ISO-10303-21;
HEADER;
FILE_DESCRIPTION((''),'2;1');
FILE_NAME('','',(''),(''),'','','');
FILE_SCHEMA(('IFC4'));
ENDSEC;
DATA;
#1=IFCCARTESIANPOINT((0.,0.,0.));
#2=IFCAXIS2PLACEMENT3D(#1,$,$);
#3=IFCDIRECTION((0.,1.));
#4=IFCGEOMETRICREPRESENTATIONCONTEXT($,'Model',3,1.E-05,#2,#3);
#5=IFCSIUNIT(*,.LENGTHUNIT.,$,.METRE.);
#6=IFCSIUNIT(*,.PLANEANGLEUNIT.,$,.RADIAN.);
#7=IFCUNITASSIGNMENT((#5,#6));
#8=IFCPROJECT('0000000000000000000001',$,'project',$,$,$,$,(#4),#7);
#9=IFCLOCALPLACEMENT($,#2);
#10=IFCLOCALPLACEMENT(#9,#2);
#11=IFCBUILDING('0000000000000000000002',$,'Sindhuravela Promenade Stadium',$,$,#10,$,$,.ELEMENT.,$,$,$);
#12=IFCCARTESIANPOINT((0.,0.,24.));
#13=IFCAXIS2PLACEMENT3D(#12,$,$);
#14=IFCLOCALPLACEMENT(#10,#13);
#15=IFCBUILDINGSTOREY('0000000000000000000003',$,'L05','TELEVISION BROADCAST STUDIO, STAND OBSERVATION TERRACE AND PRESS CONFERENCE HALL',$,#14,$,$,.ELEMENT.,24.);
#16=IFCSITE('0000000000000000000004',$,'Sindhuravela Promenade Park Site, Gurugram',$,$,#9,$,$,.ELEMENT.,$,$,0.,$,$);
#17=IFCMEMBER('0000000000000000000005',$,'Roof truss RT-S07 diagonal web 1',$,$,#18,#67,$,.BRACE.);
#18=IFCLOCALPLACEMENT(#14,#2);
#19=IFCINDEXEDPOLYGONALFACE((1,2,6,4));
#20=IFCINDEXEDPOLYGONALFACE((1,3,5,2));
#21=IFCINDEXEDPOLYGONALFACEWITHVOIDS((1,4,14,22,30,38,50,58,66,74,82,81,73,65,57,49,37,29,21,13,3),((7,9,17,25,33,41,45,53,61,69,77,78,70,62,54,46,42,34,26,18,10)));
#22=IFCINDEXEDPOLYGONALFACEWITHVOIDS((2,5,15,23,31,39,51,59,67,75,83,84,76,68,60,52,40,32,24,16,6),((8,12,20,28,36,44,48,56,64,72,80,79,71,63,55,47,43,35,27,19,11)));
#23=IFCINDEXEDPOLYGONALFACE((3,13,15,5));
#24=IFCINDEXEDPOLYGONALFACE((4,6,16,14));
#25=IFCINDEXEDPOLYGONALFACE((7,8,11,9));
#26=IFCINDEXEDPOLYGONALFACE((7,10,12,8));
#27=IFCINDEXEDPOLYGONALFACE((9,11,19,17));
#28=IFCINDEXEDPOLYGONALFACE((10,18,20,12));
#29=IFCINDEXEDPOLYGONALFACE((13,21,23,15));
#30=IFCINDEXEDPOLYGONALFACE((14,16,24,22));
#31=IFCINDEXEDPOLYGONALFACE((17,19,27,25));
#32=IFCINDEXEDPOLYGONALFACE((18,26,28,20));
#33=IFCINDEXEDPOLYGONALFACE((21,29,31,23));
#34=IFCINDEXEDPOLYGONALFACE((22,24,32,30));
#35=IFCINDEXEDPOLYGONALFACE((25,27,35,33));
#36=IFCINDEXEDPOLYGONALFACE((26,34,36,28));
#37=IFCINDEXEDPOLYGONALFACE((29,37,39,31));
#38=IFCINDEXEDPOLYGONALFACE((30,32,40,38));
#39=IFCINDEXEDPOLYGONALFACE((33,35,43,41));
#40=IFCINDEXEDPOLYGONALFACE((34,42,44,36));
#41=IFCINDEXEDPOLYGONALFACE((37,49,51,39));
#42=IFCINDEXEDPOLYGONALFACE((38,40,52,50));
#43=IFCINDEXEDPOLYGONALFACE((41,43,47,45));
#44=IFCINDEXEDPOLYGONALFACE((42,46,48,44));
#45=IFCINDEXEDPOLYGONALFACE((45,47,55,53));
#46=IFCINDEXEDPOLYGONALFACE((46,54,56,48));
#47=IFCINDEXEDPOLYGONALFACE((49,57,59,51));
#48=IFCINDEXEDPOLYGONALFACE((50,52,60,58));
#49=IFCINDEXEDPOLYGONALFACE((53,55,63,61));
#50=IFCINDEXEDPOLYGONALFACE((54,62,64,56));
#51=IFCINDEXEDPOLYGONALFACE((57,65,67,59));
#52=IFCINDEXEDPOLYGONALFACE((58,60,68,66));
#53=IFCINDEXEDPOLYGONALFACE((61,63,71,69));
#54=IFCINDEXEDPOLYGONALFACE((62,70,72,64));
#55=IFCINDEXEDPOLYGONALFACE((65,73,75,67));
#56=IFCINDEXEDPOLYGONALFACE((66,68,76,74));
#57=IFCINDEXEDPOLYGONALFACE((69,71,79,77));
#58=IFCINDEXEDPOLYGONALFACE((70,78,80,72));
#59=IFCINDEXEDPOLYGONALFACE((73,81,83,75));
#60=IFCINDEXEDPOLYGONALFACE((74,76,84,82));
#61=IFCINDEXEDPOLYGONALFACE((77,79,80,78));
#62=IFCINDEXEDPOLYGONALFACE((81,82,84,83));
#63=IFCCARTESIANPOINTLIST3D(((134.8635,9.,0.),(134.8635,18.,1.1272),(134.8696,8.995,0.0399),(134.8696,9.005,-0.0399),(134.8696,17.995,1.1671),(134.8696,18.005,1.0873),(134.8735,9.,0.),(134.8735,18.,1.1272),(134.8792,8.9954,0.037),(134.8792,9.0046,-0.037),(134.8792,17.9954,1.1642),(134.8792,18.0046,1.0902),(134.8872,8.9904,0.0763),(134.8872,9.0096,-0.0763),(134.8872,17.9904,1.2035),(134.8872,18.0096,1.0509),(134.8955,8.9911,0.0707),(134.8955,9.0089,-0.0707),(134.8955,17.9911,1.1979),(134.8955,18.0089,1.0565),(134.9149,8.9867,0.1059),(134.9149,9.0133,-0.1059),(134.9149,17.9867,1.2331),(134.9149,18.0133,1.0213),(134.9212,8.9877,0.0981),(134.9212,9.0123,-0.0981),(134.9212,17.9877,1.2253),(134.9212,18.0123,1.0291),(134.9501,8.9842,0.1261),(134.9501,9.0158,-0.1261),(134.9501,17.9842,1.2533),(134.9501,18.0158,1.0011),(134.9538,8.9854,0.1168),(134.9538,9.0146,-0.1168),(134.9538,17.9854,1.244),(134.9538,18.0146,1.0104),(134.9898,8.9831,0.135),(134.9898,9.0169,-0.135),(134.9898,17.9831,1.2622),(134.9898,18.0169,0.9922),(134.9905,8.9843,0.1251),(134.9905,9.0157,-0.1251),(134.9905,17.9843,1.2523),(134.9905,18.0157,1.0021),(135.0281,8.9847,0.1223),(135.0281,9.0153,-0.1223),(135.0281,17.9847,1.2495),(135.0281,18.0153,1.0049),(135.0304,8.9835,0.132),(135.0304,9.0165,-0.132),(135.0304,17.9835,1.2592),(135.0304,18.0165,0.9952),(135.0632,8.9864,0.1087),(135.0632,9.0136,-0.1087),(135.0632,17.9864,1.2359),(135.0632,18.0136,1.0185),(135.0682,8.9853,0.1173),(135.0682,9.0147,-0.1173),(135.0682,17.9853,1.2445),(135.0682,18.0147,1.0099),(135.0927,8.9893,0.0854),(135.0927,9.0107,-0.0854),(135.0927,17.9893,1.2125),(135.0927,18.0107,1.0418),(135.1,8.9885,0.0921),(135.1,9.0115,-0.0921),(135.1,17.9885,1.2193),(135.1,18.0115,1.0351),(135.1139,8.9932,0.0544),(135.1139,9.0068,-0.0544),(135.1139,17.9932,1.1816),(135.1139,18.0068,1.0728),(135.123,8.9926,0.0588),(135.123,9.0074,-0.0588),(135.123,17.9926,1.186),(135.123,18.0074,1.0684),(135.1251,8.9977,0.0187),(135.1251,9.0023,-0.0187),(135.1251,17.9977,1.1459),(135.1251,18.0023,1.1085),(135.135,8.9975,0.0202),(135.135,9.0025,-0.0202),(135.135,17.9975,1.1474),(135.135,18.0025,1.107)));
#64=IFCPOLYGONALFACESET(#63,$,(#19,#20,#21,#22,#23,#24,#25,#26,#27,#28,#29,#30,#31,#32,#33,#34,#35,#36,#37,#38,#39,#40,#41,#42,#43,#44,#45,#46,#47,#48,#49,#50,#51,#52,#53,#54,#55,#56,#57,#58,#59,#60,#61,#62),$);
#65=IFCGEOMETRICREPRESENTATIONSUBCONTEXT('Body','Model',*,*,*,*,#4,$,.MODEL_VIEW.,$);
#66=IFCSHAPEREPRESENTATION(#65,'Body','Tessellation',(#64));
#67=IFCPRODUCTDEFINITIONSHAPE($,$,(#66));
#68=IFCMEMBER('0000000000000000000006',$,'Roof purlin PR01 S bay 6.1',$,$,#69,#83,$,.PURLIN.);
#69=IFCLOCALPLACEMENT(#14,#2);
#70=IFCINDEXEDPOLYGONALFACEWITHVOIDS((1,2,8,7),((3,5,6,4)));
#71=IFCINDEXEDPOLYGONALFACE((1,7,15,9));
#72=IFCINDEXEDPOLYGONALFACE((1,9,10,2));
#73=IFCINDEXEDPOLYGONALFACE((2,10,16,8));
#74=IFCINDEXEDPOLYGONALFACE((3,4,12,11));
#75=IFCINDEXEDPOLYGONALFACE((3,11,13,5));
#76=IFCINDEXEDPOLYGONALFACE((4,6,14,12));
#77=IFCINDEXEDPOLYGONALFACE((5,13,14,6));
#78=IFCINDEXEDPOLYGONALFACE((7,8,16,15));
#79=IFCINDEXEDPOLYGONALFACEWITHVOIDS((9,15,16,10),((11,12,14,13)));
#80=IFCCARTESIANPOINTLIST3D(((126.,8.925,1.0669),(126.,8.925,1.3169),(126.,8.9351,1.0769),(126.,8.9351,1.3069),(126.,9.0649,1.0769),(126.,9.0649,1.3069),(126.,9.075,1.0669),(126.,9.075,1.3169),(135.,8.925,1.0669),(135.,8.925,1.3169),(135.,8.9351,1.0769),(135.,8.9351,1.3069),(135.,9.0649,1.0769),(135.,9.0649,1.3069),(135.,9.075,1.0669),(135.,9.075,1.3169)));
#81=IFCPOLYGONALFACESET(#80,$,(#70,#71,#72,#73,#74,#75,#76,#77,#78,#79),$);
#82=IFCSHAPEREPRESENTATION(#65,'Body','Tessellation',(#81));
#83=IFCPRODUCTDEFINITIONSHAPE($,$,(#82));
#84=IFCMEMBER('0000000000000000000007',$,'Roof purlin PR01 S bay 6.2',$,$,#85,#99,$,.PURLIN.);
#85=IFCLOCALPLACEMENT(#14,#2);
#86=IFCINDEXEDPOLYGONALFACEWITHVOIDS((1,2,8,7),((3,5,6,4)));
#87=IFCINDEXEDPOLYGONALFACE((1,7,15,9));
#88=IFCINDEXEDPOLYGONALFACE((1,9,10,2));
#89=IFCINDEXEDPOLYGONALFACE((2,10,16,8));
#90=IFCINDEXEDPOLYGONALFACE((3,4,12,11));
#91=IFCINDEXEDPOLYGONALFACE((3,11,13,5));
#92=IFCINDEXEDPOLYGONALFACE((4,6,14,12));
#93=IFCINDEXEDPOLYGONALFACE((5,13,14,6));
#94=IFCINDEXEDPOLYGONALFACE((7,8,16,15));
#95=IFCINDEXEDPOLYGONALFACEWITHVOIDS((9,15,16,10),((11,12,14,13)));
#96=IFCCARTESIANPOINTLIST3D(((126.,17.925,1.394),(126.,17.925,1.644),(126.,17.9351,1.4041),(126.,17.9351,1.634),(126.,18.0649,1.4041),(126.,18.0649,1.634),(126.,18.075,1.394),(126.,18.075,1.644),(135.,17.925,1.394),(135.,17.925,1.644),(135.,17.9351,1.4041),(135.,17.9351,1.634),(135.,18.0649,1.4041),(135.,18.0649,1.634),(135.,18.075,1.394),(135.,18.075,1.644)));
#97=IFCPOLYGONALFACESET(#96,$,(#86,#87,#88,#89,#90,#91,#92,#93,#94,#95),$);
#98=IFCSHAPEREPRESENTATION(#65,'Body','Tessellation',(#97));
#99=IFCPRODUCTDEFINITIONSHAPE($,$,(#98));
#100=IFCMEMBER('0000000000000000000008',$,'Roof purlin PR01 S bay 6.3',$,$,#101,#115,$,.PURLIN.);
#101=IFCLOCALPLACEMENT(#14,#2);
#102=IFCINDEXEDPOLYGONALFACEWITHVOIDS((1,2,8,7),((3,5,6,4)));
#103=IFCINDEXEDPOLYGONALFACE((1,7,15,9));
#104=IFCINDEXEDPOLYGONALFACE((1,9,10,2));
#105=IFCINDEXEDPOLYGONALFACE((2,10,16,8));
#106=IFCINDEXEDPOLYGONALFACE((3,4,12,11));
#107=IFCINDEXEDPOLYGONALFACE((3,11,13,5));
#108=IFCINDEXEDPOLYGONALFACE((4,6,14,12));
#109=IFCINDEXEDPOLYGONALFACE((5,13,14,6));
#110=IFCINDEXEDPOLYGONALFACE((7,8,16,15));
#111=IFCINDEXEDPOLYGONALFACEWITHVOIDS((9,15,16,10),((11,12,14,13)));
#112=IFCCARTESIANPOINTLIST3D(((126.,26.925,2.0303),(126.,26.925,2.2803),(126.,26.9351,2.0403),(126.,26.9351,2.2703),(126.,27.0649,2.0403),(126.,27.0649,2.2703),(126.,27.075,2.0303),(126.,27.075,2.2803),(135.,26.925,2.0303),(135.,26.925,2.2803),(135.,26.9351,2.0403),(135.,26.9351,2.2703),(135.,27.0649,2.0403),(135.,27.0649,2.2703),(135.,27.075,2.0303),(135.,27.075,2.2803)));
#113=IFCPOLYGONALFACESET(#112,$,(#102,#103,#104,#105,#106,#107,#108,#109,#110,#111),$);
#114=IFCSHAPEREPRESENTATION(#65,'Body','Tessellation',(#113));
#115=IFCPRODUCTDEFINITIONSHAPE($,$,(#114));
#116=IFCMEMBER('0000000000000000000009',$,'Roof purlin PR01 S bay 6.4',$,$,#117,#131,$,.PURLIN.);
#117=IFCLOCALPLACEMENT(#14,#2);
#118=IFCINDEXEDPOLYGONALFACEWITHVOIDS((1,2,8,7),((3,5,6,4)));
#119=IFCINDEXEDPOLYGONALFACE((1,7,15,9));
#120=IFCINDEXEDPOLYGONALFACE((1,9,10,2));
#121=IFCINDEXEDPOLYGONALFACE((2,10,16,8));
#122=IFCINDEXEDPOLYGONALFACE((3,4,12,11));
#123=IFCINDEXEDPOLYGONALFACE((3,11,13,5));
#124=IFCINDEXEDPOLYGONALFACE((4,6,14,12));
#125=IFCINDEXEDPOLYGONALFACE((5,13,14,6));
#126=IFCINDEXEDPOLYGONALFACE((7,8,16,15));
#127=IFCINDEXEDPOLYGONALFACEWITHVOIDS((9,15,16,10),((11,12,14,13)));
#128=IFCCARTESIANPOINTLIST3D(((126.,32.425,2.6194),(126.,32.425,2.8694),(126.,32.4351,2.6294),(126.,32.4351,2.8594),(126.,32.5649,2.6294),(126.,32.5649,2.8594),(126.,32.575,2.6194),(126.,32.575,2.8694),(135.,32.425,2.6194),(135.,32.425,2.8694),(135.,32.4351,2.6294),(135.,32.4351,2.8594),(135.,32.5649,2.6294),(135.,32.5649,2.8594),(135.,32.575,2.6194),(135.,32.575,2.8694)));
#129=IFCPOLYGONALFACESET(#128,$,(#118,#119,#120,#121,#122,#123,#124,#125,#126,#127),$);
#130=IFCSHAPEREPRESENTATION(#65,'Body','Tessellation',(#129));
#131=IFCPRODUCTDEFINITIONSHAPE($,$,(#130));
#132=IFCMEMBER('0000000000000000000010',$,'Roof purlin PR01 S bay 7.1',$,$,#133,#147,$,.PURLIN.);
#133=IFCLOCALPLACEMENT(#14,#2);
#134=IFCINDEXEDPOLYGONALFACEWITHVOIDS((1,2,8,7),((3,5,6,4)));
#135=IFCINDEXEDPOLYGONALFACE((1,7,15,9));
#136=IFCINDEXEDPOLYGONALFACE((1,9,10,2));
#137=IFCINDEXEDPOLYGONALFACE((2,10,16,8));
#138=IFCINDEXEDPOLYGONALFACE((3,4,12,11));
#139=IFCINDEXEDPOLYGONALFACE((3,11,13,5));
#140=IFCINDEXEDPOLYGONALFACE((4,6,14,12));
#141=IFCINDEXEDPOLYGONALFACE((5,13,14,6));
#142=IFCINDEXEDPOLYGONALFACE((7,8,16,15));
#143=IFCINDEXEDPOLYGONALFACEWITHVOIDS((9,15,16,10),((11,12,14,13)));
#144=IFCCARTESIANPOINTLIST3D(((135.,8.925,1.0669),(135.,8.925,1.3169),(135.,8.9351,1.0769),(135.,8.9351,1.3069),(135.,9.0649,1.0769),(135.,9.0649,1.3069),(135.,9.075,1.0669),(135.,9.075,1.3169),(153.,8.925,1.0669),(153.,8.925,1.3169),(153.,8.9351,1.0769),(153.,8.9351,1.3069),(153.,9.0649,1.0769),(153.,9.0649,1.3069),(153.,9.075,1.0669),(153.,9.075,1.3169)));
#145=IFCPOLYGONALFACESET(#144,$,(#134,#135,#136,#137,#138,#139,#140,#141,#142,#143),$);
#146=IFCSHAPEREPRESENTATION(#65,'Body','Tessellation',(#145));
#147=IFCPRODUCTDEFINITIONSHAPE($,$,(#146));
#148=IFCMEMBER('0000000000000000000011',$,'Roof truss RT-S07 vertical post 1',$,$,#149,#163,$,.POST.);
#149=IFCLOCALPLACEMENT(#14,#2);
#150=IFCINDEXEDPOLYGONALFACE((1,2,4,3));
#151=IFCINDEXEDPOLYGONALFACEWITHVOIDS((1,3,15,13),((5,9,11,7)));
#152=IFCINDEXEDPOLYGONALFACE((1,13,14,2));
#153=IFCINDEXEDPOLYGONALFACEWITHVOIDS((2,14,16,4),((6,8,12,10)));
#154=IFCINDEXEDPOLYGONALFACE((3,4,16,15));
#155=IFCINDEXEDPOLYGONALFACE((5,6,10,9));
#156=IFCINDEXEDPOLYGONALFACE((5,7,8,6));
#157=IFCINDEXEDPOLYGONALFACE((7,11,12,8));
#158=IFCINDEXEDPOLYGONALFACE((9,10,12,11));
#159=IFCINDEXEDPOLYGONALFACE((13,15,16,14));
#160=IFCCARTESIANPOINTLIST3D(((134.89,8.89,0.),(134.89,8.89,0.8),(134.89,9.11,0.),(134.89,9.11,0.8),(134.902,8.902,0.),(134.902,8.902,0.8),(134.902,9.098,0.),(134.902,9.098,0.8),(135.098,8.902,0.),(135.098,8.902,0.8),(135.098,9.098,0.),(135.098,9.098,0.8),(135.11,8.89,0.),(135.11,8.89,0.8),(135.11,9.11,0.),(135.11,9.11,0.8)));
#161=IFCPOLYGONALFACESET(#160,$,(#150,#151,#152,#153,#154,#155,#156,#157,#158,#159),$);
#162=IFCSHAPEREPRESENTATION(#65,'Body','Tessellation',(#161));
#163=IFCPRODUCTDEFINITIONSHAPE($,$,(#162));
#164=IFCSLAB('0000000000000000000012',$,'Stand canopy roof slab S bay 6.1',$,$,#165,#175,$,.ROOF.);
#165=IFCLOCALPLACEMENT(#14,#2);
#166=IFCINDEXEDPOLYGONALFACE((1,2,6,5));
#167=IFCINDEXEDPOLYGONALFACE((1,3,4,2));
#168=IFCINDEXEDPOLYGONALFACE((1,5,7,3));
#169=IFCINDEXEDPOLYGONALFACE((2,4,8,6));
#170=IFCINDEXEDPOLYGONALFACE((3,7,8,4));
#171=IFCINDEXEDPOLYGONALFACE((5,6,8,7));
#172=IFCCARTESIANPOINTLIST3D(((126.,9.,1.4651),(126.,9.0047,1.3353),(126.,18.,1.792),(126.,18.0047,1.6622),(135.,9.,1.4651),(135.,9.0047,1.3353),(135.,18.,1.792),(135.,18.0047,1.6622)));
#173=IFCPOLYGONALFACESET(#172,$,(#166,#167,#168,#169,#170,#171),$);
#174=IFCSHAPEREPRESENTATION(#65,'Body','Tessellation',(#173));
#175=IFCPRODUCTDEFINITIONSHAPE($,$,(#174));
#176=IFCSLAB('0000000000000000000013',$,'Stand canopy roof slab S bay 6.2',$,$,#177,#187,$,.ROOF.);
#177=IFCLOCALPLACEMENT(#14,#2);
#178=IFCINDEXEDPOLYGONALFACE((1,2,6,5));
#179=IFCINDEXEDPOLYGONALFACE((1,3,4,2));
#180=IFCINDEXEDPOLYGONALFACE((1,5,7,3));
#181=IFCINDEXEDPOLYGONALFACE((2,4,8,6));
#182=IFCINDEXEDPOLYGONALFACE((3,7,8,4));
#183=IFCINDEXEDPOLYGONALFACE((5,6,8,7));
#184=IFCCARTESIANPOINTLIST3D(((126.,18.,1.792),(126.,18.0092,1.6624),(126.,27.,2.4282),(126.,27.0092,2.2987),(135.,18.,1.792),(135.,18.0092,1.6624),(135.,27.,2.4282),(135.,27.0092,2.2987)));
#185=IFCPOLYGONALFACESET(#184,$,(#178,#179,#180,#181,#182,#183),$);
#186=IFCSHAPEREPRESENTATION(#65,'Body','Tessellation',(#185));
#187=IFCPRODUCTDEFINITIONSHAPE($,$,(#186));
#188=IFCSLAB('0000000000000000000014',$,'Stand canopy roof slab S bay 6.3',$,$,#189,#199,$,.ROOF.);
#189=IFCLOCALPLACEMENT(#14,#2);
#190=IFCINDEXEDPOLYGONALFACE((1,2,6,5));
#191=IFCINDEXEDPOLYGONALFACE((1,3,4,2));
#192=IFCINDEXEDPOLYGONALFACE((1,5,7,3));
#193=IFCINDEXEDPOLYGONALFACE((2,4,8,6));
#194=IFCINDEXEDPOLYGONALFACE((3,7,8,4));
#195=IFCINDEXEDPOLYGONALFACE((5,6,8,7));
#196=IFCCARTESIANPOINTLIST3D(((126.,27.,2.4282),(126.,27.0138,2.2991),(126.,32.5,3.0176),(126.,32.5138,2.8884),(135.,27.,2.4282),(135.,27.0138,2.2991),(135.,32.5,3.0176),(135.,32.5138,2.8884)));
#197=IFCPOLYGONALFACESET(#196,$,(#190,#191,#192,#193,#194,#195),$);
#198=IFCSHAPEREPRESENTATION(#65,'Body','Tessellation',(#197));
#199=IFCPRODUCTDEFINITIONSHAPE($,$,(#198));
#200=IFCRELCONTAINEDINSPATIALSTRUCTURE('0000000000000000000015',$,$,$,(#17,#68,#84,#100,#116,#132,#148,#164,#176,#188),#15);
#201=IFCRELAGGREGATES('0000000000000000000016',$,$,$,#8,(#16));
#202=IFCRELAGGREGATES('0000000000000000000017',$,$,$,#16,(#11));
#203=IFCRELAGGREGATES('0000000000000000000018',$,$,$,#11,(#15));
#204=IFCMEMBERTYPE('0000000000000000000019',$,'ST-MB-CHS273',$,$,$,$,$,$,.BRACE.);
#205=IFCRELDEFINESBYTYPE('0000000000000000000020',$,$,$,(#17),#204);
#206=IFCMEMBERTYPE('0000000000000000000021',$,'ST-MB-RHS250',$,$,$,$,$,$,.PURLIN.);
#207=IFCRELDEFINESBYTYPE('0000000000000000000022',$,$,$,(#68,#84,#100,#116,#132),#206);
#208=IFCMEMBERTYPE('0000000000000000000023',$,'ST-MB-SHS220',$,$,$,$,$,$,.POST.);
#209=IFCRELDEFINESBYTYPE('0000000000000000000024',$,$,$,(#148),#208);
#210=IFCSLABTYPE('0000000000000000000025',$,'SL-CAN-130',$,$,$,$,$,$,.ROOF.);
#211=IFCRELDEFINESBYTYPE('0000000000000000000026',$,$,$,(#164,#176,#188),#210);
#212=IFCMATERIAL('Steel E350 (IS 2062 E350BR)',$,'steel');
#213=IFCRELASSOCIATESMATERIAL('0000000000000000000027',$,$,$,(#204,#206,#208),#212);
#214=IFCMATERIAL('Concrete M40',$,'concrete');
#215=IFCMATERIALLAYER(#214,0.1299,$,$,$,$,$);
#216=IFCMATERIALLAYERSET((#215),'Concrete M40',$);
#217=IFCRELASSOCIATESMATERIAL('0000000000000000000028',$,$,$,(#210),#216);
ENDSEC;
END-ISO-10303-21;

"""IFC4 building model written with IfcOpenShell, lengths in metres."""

from ifc_helpers import new_model, si_unit, direction, frame, origin, origin_2d, place, context, subcontext, project, spatial, polyline, hollow_rectangle, hollow_circle, outline, extrude, material, layer, layer_set, material_profile, profile_set, type_object, element, save


model = new_model("IFC4")

# Units and contexts
model_context = context("Model", 3, precision=1e-05, world=origin(), true_north=direction((0.0, 1.0)))
body_context = subcontext(model_context, "Body", "Model", "MODEL_VIEW")
ifc_project = project(units=[si_unit("LENGTHUNIT", "METRE"), si_unit("PLANEANGLEUNIT", "RADIAN")], contexts=[model_context])

# Site, building, storey
site_placement = place(None, origin())
site = spatial("IfcSite", under=ifc_project, at=site_placement, Name="Sindhuravela Promenade Park Site, Gurugram", CompositionType="ELEMENT", RefElevation=0.0)
building_placement = place(site_placement, origin())
building = spatial("IfcBuilding", under=site, at=building_placement, Name="Sindhuravela Promenade Stadium", CompositionType="ELEMENT")
storey_placement = place(building_placement, frame((0.0, 0.0, 24.0)))
storey = spatial("IfcBuildingStorey", under=building, at=storey_placement, Name="L05", Description="TELEVISION BROADCAST STUDIO, STAND OBSERVATION TERRACE AND PRESS CONFERENCE HALL", CompositionType="ELEMENT", Elevation=24.0)

# Shared definitions
ifc_material_1 = material(Name="Steel E350 (IS 2062 E350BR)", Category="steel")

# Members
ifc_material_profile_1 = material_profile(ifc_material_1, hollow_circle(Radius=0.1365, WallThickness=0.01, at=origin_2d()), Name="CHS 273.0x10")
ifc_profile_set_1 = profile_set([ifc_material_profile_1], Name="Steel E350 (IS 2062 E350BR)")
member_type_1 = type_object("IfcMemberType", Name="ST-MB-CHS273", PredefinedType="BRACE", material=ifc_profile_set_1)
member_1_placement = place(storey_placement, frame((135.0, 9.0, 0.0), z_axis=(0.0, 0.992248, 0.124273), x_axis=(-1.0, 0.0, 0.0)))
element("IfcMember", 1, at=member_1_placement, inside=storey, type_object=member_type_1, Name="Roof truss RT-S07 diagonal web 1", PredefinedType="BRACE", context=body_context, shape_type="SweptSolid", body=[
    extrude(hollow_circle(Radius=0.1365, WallThickness=0.01, at=origin_2d()), origin(), (0.0, 0.0, 1.0), 9.0703),
])
ifc_material_profile_2 = material_profile(ifc_material_1, hollow_rectangle(XDim=0.1499, YDim=0.25, WallThickness=0.01, at=origin_2d()), Name="RHS 250x150x10")
ifc_profile_set_2 = profile_set([ifc_material_profile_2], Name="Steel E350 (IS 2062 E350BR)")
member_type_2 = type_object("IfcMemberType", Name="ST-MB-RHS250", PredefinedType="PURLIN", material=ifc_profile_set_2)
for number, where, z_axis, x_axis, name in (
    (2, (126.0, 9.0, 1.1919), (1.0, 0.0, 0.0), (0.0, 1.0, 0.0), "Roof purlin PR01 S bay 6.1"),
    (3, (126.0, 18.0, 1.519), (1.0, 0.0, 0.0), (0.0, 1.0, 0.0), "Roof purlin PR01 S bay 6.2"),
    (4, (126.0, 27.0, 2.1553), (1.0, 0.0, 0.0), (0.0, 1.0, 0.0), "Roof purlin PR01 S bay 6.3"),
    (5, (126.0, 32.5, 2.7444), (1.0, 0.0, 0.0), (0.0, 1.0, 0.0), "Roof purlin PR01 S bay 6.4"),
):
    element("IfcMember", number, at=place(storey_placement, frame(where, z_axis=z_axis, x_axis=x_axis)), inside=storey, type_object=member_type_2, Name=name, PredefinedType="PURLIN", context=body_context, shape_type="SweptSolid", body=[
        extrude(hollow_rectangle(XDim=0.1499, YDim=0.25, WallThickness=0.01, at=origin_2d()), origin(), (0.0, 0.0, 1.0), 9.0),
    ])
member_2_placement = place(storey_placement, frame((135.0, 9.0, 1.1919), z_axis=(1.0, 0.0, 0.0), x_axis=(0.0, 1.0, 0.0)))
element("IfcMember", 6, at=member_2_placement, inside=storey, type_object=member_type_2, Name="Roof purlin PR01 S bay 7.1", PredefinedType="PURLIN", context=body_context, shape_type="SweptSolid", body=[
    extrude(hollow_rectangle(XDim=0.1499, YDim=0.25, WallThickness=0.01, at=origin_2d()), origin(), (0.0, 0.0, 1.0), 18.0),
])
ifc_material_profile_3 = material_profile(ifc_material_1, hollow_rectangle(XDim=0.22, YDim=0.22, WallThickness=0.012, at=origin_2d()), Name="SHS 220x220x12")
ifc_profile_set_3 = profile_set([ifc_material_profile_3], Name="Steel E350 (IS 2062 E350BR)")
member_type_3 = type_object("IfcMemberType", Name="ST-MB-SHS220", PredefinedType="POST", material=ifc_profile_set_3)
member_3_placement = place(storey_placement, frame((135.0, 9.0, 0.0), z_axis=(0.0, 0.0, 1.0), x_axis=(1.0, 0.0, 0.0)))
element("IfcMember", 7, at=member_3_placement, inside=storey, type_object=member_type_3, Name="Roof truss RT-S07 vertical post 1", PredefinedType="POST", context=body_context, shape_type="SweptSolid", body=[
    extrude(hollow_rectangle(XDim=0.22, YDim=0.22, WallThickness=0.012, at=origin_2d()), origin(), (0.0, 0.0, 1.0), 0.8),
])

# Slabs
ifc_material_2 = material(Name="Concrete M40", Category="concrete")
ifc_layer_1 = layer(ifc_material_2, 0.1299)
ifc_layer_set_1 = layer_set([ifc_layer_1], Name="Concrete M40")
slab_type = type_object("IfcSlabType", Name="SL-CAN-130", PredefinedType="ROOF", material=ifc_layer_set_1)
slab_1_placement = place(storey_placement, frame((126.0, 9.0, 1.4651), z_axis=(0.0, -0.036299, 0.999341), x_axis=(1.0, 0.0, 0.0)))
element("IfcSlab", 8, at=slab_1_placement, inside=storey, type_object=slab_type, Name="Stand canopy roof slab S bay 6.1", PredefinedType="ROOF", context=body_context, shape_type="SweptSolid", body=[
    extrude(outline(polyline([(0.0, 0.0), (9.0, 0.0), (9.0, 9.0059), (0.0, 9.0059), (0.0, 0.0)])), origin(), (0.0, 0.0, -1.0), 0.1299),
])
slab_2_placement = place(storey_placement, frame((126.0, 18.0, 1.792), z_axis=(0.0, -0.070516, 0.997511), x_axis=(1.0, 0.0, 0.0)))
element("IfcSlab", 9, at=slab_2_placement, inside=storey, type_object=slab_type, Name="Stand canopy roof slab S bay 6.2", PredefinedType="ROOF", context=body_context, shape_type="SweptSolid", body=[
    extrude(outline(polyline([(0.0, 0.0), (9.0, 0.0), (9.0, 9.0225), (0.0, 9.0225), (0.0, 0.0)])), origin(), (0.0, 0.0, -1.0), 0.1299),
])
slab_3_placement = place(storey_placement, frame((126.0, 27.0, 2.4282), z_axis=(0.0, -0.106546, 0.994308), x_axis=(1.0, 0.0, 0.0)))
element("IfcSlab", 10, at=slab_3_placement, inside=storey, type_object=slab_type, Name="Stand canopy roof slab S bay 6.3", PredefinedType="ROOF", context=body_context, shape_type="SweptSolid", body=[
    extrude(outline(polyline([(0.0, 0.0), (9.0, 0.0), (9.0, 5.5315), (0.0, 5.5315), (0.0, 0.0)])), origin(), (0.0, 0.0, -1.0), 0.1299),
])

save(model, "model.ifc")
